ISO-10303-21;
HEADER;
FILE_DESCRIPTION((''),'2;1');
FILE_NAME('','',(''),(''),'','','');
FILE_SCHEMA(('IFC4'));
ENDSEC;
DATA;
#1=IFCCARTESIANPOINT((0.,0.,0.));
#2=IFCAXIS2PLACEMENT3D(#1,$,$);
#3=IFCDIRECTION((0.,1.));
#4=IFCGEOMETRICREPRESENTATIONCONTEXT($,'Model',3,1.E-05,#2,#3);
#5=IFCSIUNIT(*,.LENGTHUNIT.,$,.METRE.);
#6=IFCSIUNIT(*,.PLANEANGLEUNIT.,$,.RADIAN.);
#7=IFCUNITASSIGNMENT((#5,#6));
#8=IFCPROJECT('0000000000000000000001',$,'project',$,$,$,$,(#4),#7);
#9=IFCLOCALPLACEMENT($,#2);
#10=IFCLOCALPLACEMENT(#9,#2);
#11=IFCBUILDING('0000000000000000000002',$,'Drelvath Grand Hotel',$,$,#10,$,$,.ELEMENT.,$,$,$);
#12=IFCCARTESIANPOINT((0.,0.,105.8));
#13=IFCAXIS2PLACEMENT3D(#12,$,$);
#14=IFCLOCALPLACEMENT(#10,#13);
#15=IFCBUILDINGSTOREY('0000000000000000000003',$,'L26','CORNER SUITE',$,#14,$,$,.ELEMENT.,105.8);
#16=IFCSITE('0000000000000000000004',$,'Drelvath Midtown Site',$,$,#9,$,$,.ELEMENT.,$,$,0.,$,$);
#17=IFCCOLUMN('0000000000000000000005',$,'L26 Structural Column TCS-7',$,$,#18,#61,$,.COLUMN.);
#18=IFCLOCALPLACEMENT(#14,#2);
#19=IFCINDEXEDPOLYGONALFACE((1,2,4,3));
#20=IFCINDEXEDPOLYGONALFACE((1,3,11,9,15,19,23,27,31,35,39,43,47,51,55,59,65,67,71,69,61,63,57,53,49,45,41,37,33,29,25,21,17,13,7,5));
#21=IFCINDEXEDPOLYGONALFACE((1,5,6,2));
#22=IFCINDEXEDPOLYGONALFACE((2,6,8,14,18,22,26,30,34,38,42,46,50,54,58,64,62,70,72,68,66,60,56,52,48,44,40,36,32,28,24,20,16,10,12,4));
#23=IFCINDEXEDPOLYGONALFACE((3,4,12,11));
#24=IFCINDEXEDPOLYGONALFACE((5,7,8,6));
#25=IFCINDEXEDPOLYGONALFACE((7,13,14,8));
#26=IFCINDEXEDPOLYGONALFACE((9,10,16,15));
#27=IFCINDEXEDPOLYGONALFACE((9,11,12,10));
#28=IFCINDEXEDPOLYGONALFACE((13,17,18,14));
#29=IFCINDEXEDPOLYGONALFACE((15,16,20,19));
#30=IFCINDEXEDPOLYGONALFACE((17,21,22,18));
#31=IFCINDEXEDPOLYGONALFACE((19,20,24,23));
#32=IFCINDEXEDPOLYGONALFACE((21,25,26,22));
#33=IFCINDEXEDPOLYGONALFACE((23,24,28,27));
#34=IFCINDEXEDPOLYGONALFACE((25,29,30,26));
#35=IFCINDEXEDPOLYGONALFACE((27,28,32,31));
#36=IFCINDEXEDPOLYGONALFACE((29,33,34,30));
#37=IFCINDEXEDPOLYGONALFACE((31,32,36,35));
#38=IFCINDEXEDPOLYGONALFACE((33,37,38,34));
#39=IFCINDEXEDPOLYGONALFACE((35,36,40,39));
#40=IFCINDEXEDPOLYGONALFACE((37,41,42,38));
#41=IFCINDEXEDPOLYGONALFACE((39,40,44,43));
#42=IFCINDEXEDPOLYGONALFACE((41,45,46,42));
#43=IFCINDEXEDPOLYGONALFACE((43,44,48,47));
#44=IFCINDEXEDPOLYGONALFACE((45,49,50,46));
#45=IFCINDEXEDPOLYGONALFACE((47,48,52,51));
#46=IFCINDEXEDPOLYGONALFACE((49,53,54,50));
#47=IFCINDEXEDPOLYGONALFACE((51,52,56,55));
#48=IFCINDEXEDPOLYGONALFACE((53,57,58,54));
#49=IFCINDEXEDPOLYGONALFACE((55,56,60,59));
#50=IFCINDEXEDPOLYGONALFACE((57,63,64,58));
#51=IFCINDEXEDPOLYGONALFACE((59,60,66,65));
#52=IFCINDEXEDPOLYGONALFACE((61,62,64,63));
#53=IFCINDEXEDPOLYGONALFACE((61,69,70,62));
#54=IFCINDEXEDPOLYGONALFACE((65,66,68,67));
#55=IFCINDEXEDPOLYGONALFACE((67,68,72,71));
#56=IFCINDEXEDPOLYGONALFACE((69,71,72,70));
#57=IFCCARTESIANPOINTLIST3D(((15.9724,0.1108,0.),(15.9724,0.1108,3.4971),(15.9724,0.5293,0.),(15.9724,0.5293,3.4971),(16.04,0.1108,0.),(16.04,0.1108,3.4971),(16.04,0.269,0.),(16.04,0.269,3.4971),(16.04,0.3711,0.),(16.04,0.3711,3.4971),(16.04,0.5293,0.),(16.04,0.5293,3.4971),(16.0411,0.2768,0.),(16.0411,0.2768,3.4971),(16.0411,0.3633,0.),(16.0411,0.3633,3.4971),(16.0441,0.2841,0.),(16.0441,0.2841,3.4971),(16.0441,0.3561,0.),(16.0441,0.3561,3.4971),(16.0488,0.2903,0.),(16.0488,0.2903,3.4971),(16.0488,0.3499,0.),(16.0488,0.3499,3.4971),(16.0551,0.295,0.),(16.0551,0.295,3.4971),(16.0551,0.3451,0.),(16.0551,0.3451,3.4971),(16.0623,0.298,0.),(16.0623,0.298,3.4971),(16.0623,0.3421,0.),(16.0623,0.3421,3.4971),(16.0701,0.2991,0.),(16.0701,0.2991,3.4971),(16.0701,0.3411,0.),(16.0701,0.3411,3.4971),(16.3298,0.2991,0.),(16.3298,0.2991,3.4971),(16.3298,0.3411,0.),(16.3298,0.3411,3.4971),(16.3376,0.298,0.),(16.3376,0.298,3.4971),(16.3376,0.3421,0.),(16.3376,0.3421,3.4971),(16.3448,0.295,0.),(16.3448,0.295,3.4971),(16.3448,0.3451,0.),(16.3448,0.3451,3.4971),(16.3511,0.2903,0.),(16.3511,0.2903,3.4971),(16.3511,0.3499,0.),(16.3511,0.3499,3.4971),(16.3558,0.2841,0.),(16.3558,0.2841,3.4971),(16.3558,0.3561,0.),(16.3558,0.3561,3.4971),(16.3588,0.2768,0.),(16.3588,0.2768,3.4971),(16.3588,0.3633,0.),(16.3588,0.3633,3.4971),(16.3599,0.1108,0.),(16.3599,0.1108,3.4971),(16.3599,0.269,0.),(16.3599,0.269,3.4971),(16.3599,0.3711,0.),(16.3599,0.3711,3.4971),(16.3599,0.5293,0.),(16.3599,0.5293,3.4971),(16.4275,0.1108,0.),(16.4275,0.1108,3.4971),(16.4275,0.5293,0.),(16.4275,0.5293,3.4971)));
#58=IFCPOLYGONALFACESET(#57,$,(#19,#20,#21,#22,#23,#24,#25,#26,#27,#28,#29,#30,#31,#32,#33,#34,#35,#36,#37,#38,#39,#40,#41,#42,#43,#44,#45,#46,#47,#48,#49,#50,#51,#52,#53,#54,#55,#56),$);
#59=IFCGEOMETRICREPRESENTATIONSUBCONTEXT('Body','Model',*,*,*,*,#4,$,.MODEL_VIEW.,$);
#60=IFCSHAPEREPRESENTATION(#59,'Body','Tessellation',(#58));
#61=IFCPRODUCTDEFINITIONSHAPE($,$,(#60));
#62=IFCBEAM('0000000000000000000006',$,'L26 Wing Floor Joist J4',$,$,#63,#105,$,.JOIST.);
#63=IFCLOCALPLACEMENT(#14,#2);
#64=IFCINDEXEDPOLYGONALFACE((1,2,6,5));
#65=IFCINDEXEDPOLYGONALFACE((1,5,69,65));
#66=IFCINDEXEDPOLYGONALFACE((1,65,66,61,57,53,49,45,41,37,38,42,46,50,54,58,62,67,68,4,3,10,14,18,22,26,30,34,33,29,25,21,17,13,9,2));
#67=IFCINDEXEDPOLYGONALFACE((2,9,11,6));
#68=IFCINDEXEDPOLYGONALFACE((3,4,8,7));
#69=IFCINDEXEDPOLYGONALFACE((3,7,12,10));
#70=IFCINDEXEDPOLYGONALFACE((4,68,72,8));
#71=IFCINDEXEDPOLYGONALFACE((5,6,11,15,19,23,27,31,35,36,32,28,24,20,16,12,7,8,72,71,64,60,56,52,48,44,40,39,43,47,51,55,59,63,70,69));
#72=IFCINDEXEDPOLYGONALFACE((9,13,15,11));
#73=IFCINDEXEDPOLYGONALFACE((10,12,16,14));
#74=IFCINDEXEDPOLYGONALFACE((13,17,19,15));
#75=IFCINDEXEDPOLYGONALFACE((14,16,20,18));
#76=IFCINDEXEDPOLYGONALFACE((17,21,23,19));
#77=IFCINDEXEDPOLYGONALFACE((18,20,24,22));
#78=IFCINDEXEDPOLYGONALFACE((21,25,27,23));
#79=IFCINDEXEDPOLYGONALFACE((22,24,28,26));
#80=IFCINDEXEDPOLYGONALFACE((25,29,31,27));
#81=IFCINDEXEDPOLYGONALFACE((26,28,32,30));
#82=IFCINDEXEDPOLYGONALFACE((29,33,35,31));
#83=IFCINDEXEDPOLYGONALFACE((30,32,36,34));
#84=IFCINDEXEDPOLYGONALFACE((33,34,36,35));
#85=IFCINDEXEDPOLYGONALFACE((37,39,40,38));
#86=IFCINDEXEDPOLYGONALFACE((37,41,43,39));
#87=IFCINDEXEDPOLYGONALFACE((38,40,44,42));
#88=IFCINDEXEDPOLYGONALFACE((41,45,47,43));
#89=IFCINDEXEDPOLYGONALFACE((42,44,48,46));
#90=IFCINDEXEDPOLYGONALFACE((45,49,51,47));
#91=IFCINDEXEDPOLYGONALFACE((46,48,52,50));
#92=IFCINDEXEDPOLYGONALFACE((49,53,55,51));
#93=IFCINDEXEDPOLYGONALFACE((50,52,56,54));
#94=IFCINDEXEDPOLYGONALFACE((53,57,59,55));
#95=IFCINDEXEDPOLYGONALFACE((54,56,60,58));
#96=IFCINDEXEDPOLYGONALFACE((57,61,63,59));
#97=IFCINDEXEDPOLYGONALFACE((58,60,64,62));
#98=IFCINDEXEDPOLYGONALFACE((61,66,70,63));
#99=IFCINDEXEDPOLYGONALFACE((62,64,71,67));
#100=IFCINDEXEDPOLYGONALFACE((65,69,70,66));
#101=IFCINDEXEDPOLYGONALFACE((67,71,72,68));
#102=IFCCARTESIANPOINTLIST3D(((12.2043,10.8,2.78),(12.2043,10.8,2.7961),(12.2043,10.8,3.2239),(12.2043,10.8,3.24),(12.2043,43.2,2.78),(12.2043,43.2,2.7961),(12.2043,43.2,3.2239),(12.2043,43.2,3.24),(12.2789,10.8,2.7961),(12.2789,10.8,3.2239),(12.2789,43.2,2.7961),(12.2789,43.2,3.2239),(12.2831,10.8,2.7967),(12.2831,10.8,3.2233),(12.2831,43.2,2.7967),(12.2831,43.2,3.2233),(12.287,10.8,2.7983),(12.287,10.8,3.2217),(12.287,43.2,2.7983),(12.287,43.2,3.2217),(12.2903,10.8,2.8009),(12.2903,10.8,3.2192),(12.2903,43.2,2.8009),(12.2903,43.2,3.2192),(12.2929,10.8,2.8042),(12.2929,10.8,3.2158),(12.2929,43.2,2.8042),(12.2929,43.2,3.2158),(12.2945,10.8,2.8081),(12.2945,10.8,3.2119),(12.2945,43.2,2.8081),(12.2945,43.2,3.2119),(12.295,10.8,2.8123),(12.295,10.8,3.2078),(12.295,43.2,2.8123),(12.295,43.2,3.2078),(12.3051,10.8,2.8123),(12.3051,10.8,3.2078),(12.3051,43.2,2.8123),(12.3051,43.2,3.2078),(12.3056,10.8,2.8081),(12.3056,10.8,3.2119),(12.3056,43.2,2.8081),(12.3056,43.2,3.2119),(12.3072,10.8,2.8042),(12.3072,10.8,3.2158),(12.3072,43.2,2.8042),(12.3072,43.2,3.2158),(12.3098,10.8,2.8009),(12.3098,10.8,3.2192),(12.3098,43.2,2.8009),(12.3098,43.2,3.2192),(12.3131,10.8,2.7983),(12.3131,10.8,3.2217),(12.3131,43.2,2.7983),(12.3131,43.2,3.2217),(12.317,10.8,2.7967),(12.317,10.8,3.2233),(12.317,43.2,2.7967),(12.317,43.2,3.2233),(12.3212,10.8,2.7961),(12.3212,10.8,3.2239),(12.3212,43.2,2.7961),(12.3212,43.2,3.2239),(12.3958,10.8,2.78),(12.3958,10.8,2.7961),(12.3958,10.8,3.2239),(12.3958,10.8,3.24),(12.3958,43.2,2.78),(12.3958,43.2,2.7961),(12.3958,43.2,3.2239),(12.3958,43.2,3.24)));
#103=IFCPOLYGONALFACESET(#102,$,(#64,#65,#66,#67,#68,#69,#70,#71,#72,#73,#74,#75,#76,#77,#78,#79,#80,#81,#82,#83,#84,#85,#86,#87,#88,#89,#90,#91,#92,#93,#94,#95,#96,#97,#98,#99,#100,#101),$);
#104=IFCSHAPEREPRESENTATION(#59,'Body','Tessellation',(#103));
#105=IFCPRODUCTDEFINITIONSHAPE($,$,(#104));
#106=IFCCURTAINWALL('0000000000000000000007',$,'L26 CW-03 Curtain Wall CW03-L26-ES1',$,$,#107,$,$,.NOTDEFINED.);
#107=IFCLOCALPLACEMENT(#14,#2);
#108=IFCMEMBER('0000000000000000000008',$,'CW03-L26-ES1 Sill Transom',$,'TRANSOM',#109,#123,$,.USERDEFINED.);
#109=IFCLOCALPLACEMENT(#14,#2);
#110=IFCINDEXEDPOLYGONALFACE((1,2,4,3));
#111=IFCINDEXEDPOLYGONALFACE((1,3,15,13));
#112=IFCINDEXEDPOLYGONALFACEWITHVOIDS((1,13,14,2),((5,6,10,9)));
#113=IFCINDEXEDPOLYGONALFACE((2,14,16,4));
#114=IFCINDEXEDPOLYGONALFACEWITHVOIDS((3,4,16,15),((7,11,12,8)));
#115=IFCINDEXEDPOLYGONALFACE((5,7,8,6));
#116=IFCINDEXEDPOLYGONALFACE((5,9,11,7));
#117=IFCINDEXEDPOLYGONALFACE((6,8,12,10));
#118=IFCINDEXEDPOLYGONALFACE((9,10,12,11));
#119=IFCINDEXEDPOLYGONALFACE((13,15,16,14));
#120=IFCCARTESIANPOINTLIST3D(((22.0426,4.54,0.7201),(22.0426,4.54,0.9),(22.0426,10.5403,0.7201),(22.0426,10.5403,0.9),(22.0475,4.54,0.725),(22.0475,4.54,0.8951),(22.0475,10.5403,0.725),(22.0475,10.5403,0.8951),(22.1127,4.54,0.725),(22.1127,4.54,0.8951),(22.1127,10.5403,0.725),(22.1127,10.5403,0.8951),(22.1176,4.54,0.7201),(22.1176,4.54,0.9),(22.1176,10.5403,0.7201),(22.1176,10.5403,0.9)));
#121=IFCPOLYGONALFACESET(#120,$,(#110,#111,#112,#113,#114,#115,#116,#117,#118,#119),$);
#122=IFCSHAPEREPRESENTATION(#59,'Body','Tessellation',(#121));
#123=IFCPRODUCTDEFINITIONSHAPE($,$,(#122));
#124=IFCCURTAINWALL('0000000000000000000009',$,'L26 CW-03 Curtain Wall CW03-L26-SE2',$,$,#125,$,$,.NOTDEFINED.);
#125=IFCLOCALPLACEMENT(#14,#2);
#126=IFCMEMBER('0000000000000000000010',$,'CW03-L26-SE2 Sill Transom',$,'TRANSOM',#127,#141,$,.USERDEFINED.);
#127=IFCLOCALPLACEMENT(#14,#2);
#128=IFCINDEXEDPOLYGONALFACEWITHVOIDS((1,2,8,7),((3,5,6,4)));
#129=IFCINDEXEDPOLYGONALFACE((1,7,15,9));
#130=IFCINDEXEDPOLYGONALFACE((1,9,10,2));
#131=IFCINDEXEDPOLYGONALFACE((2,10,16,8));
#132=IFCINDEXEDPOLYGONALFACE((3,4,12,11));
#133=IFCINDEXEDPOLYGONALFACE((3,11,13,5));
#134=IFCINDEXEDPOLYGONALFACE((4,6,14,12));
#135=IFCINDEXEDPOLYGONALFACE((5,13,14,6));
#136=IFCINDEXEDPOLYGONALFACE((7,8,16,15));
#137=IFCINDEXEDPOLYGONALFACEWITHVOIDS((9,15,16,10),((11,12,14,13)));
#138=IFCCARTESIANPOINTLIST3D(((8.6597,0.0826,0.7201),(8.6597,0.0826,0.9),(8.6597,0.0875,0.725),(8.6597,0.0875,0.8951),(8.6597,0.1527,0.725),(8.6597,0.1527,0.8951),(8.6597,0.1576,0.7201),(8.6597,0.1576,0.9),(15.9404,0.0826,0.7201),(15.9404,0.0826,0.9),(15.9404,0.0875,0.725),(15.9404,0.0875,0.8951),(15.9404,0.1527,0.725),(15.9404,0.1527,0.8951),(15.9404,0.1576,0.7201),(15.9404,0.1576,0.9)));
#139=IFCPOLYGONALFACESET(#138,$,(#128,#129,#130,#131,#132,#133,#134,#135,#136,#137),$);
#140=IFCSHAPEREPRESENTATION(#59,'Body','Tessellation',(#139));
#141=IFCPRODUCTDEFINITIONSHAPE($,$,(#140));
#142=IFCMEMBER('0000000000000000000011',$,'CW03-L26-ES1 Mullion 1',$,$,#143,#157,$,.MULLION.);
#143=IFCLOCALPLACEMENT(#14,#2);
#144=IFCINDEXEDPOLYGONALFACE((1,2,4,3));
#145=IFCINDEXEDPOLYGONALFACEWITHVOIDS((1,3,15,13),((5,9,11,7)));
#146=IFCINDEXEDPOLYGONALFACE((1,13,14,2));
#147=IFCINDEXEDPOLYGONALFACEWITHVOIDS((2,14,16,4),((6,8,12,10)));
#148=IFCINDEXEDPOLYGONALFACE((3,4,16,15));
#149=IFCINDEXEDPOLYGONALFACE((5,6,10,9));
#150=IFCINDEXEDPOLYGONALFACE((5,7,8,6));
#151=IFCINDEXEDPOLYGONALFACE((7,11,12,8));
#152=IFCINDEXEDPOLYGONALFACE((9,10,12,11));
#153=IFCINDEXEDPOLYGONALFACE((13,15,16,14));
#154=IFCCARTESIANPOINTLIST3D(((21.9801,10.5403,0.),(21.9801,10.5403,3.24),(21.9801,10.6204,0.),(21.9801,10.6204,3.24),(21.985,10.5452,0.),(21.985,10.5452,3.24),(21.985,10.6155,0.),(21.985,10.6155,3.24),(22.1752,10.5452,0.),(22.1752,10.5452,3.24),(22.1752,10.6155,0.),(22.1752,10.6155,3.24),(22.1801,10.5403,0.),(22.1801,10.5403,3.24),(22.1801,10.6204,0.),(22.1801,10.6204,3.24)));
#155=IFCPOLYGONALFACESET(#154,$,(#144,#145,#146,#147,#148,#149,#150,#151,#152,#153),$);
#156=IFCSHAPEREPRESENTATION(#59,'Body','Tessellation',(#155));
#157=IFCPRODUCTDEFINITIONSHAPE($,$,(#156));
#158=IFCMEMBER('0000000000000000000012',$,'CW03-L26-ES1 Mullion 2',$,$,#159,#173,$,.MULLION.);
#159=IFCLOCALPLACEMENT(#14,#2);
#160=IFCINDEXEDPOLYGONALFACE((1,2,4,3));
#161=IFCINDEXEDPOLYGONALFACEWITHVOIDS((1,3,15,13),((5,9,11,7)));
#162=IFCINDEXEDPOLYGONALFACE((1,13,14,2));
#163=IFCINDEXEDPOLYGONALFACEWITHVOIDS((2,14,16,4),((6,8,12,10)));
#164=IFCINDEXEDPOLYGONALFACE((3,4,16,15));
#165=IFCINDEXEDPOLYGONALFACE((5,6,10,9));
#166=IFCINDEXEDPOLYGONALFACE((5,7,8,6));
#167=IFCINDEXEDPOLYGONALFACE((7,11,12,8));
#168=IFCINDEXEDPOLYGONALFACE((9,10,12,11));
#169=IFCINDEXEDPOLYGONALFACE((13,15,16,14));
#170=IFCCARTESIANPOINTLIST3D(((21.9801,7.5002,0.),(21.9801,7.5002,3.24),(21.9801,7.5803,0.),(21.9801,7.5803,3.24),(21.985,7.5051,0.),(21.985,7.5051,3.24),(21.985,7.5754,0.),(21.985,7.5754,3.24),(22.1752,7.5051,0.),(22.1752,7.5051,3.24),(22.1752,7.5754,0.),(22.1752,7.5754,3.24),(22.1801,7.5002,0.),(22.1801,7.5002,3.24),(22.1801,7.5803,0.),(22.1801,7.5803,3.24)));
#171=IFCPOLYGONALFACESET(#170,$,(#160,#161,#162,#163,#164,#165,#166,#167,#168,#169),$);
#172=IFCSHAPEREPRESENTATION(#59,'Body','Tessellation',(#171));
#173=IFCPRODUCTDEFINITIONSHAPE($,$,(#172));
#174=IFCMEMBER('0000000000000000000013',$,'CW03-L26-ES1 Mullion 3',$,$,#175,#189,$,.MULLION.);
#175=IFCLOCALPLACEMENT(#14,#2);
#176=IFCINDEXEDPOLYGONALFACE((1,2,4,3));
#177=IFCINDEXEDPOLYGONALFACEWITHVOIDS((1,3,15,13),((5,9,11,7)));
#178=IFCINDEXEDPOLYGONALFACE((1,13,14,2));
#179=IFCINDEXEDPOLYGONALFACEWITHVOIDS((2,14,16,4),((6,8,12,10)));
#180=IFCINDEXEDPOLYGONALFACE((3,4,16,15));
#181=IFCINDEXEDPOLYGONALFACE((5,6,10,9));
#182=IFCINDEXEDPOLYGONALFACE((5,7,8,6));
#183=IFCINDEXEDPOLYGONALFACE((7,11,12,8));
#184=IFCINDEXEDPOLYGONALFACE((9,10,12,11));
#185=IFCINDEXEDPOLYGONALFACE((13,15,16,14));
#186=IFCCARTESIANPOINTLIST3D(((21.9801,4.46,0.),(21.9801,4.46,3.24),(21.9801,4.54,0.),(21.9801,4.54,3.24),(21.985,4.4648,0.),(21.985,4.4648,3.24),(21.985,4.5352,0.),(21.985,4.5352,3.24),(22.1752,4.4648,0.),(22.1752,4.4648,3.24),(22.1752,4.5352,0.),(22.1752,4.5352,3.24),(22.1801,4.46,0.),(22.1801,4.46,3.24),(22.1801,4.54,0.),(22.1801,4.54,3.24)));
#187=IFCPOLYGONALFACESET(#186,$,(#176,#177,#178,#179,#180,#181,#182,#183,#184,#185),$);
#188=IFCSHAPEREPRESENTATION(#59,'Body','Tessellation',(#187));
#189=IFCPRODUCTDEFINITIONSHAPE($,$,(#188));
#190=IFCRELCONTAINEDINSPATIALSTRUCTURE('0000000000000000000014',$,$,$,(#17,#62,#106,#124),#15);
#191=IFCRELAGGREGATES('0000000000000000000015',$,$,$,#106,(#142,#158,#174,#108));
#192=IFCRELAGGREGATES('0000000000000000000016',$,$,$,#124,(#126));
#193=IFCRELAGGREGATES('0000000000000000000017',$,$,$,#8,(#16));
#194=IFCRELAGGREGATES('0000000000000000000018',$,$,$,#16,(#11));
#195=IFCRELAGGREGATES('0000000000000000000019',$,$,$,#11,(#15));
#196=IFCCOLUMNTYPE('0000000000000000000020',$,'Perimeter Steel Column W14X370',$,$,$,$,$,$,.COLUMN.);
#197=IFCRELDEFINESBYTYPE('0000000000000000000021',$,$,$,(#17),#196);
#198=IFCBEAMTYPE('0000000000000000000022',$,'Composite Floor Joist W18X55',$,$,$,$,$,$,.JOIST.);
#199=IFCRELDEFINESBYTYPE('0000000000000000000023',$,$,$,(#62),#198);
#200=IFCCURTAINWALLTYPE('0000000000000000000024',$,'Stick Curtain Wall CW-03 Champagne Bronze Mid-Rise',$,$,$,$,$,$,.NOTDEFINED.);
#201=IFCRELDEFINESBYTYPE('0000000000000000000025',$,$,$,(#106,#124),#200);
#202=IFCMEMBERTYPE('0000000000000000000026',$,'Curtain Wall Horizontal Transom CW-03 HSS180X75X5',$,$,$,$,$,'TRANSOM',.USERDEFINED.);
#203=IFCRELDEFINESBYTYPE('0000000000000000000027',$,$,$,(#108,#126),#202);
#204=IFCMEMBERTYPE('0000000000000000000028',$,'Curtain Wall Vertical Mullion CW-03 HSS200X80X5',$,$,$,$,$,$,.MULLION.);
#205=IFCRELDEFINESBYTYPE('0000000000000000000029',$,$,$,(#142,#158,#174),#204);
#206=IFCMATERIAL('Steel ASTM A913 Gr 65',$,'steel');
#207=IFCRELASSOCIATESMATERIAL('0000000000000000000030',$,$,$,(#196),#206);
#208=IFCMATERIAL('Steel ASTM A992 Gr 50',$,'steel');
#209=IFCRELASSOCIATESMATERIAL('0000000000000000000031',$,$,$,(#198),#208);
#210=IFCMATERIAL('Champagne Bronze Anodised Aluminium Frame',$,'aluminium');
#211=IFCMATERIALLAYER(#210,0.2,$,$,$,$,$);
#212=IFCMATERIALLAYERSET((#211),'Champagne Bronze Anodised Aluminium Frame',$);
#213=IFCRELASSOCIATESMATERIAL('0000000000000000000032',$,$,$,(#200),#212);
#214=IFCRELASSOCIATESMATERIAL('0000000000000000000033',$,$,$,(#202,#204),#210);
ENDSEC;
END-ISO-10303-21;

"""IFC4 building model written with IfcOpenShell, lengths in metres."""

from ifc_helpers import new_model, si_unit, direction, frame, origin, origin_2d, place, context, subcontext, project, spatial, hollow_rectangle, i_section, extrude, material, layer, layer_set, material_profile, profile_set, type_object, element, aggregate, save


model = new_model("IFC4")

# Units and contexts
model_context = context("Model", 3, precision=1e-05, world=origin(), true_north=direction((0.0, 1.0)))
body_context = subcontext(model_context, "Body", "Model", "MODEL_VIEW")
ifc_project = project(units=[si_unit("LENGTHUNIT", "METRE"), si_unit("PLANEANGLEUNIT", "RADIAN")], contexts=[model_context])

# Site, building, storey
site_placement = place(None, origin())
site = spatial("IfcSite", under=ifc_project, at=site_placement, Name="Drelvath Midtown Site", CompositionType="ELEMENT", RefElevation=0.0)
building_placement = place(site_placement, origin())
building = spatial("IfcBuilding", under=site, at=building_placement, Name="Drelvath Grand Hotel", CompositionType="ELEMENT")
storey_placement = place(building_placement, frame((0.0, 0.0, 105.8)))
storey = spatial("IfcBuildingStorey", under=building, at=storey_placement, Name="L26", Description="CORNER SUITE", CompositionType="ELEMENT", Elevation=105.8)

# Column
ifc_material_1 = material(Name="Steel ASTM A913 Gr 65", Category="steel")
ifc_material_profile_1 = material_profile(ifc_material_1, i_section(OverallWidth=0.4185, OverallDepth=0.4551, WebThickness=0.042, FlangeThickness=0.0676, FilletRadius=0.03, at=origin_2d()), Name="W14X370")
ifc_profile_set_1 = profile_set([ifc_material_profile_1], Name="Steel ASTM A913 Gr 65")
column_type = type_object("IfcColumnType", Name="Perimeter Steel Column W14X370", PredefinedType="COLUMN", material=ifc_profile_set_1)
column_placement = place(storey_placement, frame((16.2, 0.3201, 0.0), z_axis=(0.0, 0.0, 1.0), x_axis=(0.0, 1.0, 0.0)))
element("IfcColumn", 1, at=column_placement, inside=storey, type_object=column_type, Name="L26 Structural Column TCS-7", PredefinedType="COLUMN", context=body_context, shape_type="SweptSolid", body=[
    extrude(i_section(OverallWidth=0.4185, OverallDepth=0.4551, WebThickness=0.042, FlangeThickness=0.0676, FilletRadius=0.03, at=origin_2d()), origin(), (0.0, 0.0, 1.0), 3.4971),
])

# Beam
ifc_material_2 = material(Name="Steel ASTM A992 Gr 50", Category="steel")
ifc_material_profile_2 = material_profile(ifc_material_2, i_section(OverallWidth=0.1914, OverallDepth=0.46, WebThickness=0.01, FlangeThickness=0.0161, FilletRadius=0.0161, at=origin_2d()), Name="W18X55")
ifc_profile_set_2 = profile_set([ifc_material_profile_2], Name="Steel ASTM A992 Gr 50")
beam_type_1 = type_object("IfcBeamType", Name="Composite Floor Joist W18X55", PredefinedType="JOIST", material=ifc_profile_set_2)
beam_1_placement = place(storey_placement, frame((12.3, 10.8, 3.01), z_axis=(0.0, 1.0, 0.0), x_axis=(-1.0, 0.0, 0.0)))
element("IfcBeam", 2, at=beam_1_placement, inside=storey, type_object=beam_type_1, Name="L26 Wing Floor Joist J4", PredefinedType="JOIST", context=body_context, shape_type="SweptSolid", body=[
    extrude(i_section(OverallWidth=0.1914, OverallDepth=0.46, WebThickness=0.01, FlangeThickness=0.0161, FilletRadius=0.0161, at=origin_2d()), origin(), (0.0, 0.0, 1.0), 32.3999),
])

# Curtain walls, members
ifc_material_3 = material(Name="Champagne Bronze Anodised Aluminium Frame", Category="aluminium")
ifc_layer_1 = layer(ifc_material_3, 0.2)
ifc_layer_set_1 = layer_set([ifc_layer_1], Name="Champagne Bronze Anodised Aluminium Frame")
curtain_wall_type = type_object("IfcCurtainWallType", Name="Stick Curtain Wall CW-03 Champagne Bronze Mid-Rise", PredefinedType="NOTDEFINED", material=ifc_layer_set_1)
curtain_wall_1_placement = place(storey_placement, origin())
curtain_wall_1 = element("IfcCurtainWall", 3, at=curtain_wall_1_placement, inside=storey, type_object=curtain_wall_type, Name="L26 CW-03 Curtain Wall CW03-L26-ES1", PredefinedType="NOTDEFINED")
ifc_material_profile_3 = material_profile(ifc_material_3, hollow_rectangle(XDim=0.075, YDim=0.1799, WallThickness=0.0049, at=origin_2d()), Name="HSS180X75X5")
ifc_profile_set_3 = profile_set([ifc_material_profile_3], Name="Champagne Bronze Anodised Aluminium Frame")
member_type_1 = type_object("IfcMemberType", Name="Curtain Wall Horizontal Transom CW-03 HSS180X75X5", ElementType="TRANSOM", PredefinedType="USERDEFINED", material=ifc_profile_set_3)
member_1_placement = place(storey_placement, frame((22.0801, 10.5403, 0.8101), z_axis=(0.0, -1.0, 0.0), x_axis=(1.0, 0.0, 0.0)))
member_1 = element("IfcMember", 4, at=member_1_placement, type_object=member_type_1, Name="CW03-L26-ES1 Sill Transom", ObjectType="TRANSOM", PredefinedType="USERDEFINED", context=body_context, shape_type="SweptSolid", body=[
    extrude(hollow_rectangle(XDim=0.075, YDim=0.1799, WallThickness=0.0049, at=origin_2d()), origin(), (0.0, 0.0, 1.0), 6.0002),
])
curtain_wall_2_placement = place(storey_placement, origin())
curtain_wall_2 = element("IfcCurtainWall", 5, at=curtain_wall_2_placement, inside=storey, type_object=curtain_wall_type, Name="L26 CW-03 Curtain Wall CW03-L26-SE2", PredefinedType="NOTDEFINED")
member_2_placement = place(storey_placement, frame((15.9404, 0.1201, 0.8101), z_axis=(-1.0, 0.0, 0.0), x_axis=(0.0, -1.0, 0.0)))
member_2 = element("IfcMember", 6, at=member_2_placement, type_object=member_type_1, Name="CW03-L26-SE2 Sill Transom", ObjectType="TRANSOM", PredefinedType="USERDEFINED", context=body_context, shape_type="SweptSolid", body=[
    extrude(hollow_rectangle(XDim=0.075, YDim=0.1799, WallThickness=0.0049, at=origin_2d()), origin(), (0.0, 0.0, 1.0), 7.2808),
])

# Members
ifc_material_profile_4 = material_profile(ifc_material_3, hollow_rectangle(XDim=0.0801, YDim=0.2, WallThickness=0.0049, at=origin_2d()), Name="HSS200X80X5")
ifc_profile_set_4 = profile_set([ifc_material_profile_4], Name="Champagne Bronze Anodised Aluminium Frame")
member_type_2 = type_object("IfcMemberType", Name="Curtain Wall Vertical Mullion CW-03 HSS200X80X5", PredefinedType="MULLION", material=ifc_profile_set_4)
member_3_placement = place(storey_placement, frame((22.0801, 10.5803, 0.0), z_axis=(0.0, 0.0, 1.0), x_axis=(0.0, 1.0, 0.0)))
member_3 = element("IfcMember", 7, at=member_3_placement, type_object=member_type_2, Name="CW03-L26-ES1 Mullion 1", PredefinedType="MULLION", context=body_context, shape_type="SweptSolid", body=[
    extrude(hollow_rectangle(XDim=0.0801, YDim=0.2, WallThickness=0.0049, at=origin_2d()), origin(), (0.0, 0.0, 1.0), 3.24),
])
member_4_placement = place(storey_placement, frame((22.0801, 7.5403, 0.0), z_axis=(0.0, 0.0, 1.0), x_axis=(0.0, 1.0, 0.0)))
member_4 = element("IfcMember", 8, at=member_4_placement, type_object=member_type_2, Name="CW03-L26-ES1 Mullion 2", PredefinedType="MULLION", context=body_context, shape_type="SweptSolid", body=[
    extrude(hollow_rectangle(XDim=0.0801, YDim=0.2, WallThickness=0.0049, at=origin_2d()), origin(), (0.0, 0.0, 1.0), 3.24),
])
member_5_placement = place(storey_placement, frame((22.0801, 4.5, 0.0), z_axis=(0.0, 0.0, 1.0), x_axis=(0.0, 1.0, 0.0)))
member_5 = element("IfcMember", 9, at=member_5_placement, type_object=member_type_2, Name="CW03-L26-ES1 Mullion 3", PredefinedType="MULLION", context=body_context, shape_type="SweptSolid", body=[
    extrude(hollow_rectangle(XDim=0.0801, YDim=0.2, WallThickness=0.0049, at=origin_2d()), origin(), (0.0, 0.0, 1.0), 3.24),
])

aggregate(curtain_wall_1, [member_3, member_4, member_5, member_1])
aggregate(curtain_wall_2, [member_2])

save(model, "model.ifc")
